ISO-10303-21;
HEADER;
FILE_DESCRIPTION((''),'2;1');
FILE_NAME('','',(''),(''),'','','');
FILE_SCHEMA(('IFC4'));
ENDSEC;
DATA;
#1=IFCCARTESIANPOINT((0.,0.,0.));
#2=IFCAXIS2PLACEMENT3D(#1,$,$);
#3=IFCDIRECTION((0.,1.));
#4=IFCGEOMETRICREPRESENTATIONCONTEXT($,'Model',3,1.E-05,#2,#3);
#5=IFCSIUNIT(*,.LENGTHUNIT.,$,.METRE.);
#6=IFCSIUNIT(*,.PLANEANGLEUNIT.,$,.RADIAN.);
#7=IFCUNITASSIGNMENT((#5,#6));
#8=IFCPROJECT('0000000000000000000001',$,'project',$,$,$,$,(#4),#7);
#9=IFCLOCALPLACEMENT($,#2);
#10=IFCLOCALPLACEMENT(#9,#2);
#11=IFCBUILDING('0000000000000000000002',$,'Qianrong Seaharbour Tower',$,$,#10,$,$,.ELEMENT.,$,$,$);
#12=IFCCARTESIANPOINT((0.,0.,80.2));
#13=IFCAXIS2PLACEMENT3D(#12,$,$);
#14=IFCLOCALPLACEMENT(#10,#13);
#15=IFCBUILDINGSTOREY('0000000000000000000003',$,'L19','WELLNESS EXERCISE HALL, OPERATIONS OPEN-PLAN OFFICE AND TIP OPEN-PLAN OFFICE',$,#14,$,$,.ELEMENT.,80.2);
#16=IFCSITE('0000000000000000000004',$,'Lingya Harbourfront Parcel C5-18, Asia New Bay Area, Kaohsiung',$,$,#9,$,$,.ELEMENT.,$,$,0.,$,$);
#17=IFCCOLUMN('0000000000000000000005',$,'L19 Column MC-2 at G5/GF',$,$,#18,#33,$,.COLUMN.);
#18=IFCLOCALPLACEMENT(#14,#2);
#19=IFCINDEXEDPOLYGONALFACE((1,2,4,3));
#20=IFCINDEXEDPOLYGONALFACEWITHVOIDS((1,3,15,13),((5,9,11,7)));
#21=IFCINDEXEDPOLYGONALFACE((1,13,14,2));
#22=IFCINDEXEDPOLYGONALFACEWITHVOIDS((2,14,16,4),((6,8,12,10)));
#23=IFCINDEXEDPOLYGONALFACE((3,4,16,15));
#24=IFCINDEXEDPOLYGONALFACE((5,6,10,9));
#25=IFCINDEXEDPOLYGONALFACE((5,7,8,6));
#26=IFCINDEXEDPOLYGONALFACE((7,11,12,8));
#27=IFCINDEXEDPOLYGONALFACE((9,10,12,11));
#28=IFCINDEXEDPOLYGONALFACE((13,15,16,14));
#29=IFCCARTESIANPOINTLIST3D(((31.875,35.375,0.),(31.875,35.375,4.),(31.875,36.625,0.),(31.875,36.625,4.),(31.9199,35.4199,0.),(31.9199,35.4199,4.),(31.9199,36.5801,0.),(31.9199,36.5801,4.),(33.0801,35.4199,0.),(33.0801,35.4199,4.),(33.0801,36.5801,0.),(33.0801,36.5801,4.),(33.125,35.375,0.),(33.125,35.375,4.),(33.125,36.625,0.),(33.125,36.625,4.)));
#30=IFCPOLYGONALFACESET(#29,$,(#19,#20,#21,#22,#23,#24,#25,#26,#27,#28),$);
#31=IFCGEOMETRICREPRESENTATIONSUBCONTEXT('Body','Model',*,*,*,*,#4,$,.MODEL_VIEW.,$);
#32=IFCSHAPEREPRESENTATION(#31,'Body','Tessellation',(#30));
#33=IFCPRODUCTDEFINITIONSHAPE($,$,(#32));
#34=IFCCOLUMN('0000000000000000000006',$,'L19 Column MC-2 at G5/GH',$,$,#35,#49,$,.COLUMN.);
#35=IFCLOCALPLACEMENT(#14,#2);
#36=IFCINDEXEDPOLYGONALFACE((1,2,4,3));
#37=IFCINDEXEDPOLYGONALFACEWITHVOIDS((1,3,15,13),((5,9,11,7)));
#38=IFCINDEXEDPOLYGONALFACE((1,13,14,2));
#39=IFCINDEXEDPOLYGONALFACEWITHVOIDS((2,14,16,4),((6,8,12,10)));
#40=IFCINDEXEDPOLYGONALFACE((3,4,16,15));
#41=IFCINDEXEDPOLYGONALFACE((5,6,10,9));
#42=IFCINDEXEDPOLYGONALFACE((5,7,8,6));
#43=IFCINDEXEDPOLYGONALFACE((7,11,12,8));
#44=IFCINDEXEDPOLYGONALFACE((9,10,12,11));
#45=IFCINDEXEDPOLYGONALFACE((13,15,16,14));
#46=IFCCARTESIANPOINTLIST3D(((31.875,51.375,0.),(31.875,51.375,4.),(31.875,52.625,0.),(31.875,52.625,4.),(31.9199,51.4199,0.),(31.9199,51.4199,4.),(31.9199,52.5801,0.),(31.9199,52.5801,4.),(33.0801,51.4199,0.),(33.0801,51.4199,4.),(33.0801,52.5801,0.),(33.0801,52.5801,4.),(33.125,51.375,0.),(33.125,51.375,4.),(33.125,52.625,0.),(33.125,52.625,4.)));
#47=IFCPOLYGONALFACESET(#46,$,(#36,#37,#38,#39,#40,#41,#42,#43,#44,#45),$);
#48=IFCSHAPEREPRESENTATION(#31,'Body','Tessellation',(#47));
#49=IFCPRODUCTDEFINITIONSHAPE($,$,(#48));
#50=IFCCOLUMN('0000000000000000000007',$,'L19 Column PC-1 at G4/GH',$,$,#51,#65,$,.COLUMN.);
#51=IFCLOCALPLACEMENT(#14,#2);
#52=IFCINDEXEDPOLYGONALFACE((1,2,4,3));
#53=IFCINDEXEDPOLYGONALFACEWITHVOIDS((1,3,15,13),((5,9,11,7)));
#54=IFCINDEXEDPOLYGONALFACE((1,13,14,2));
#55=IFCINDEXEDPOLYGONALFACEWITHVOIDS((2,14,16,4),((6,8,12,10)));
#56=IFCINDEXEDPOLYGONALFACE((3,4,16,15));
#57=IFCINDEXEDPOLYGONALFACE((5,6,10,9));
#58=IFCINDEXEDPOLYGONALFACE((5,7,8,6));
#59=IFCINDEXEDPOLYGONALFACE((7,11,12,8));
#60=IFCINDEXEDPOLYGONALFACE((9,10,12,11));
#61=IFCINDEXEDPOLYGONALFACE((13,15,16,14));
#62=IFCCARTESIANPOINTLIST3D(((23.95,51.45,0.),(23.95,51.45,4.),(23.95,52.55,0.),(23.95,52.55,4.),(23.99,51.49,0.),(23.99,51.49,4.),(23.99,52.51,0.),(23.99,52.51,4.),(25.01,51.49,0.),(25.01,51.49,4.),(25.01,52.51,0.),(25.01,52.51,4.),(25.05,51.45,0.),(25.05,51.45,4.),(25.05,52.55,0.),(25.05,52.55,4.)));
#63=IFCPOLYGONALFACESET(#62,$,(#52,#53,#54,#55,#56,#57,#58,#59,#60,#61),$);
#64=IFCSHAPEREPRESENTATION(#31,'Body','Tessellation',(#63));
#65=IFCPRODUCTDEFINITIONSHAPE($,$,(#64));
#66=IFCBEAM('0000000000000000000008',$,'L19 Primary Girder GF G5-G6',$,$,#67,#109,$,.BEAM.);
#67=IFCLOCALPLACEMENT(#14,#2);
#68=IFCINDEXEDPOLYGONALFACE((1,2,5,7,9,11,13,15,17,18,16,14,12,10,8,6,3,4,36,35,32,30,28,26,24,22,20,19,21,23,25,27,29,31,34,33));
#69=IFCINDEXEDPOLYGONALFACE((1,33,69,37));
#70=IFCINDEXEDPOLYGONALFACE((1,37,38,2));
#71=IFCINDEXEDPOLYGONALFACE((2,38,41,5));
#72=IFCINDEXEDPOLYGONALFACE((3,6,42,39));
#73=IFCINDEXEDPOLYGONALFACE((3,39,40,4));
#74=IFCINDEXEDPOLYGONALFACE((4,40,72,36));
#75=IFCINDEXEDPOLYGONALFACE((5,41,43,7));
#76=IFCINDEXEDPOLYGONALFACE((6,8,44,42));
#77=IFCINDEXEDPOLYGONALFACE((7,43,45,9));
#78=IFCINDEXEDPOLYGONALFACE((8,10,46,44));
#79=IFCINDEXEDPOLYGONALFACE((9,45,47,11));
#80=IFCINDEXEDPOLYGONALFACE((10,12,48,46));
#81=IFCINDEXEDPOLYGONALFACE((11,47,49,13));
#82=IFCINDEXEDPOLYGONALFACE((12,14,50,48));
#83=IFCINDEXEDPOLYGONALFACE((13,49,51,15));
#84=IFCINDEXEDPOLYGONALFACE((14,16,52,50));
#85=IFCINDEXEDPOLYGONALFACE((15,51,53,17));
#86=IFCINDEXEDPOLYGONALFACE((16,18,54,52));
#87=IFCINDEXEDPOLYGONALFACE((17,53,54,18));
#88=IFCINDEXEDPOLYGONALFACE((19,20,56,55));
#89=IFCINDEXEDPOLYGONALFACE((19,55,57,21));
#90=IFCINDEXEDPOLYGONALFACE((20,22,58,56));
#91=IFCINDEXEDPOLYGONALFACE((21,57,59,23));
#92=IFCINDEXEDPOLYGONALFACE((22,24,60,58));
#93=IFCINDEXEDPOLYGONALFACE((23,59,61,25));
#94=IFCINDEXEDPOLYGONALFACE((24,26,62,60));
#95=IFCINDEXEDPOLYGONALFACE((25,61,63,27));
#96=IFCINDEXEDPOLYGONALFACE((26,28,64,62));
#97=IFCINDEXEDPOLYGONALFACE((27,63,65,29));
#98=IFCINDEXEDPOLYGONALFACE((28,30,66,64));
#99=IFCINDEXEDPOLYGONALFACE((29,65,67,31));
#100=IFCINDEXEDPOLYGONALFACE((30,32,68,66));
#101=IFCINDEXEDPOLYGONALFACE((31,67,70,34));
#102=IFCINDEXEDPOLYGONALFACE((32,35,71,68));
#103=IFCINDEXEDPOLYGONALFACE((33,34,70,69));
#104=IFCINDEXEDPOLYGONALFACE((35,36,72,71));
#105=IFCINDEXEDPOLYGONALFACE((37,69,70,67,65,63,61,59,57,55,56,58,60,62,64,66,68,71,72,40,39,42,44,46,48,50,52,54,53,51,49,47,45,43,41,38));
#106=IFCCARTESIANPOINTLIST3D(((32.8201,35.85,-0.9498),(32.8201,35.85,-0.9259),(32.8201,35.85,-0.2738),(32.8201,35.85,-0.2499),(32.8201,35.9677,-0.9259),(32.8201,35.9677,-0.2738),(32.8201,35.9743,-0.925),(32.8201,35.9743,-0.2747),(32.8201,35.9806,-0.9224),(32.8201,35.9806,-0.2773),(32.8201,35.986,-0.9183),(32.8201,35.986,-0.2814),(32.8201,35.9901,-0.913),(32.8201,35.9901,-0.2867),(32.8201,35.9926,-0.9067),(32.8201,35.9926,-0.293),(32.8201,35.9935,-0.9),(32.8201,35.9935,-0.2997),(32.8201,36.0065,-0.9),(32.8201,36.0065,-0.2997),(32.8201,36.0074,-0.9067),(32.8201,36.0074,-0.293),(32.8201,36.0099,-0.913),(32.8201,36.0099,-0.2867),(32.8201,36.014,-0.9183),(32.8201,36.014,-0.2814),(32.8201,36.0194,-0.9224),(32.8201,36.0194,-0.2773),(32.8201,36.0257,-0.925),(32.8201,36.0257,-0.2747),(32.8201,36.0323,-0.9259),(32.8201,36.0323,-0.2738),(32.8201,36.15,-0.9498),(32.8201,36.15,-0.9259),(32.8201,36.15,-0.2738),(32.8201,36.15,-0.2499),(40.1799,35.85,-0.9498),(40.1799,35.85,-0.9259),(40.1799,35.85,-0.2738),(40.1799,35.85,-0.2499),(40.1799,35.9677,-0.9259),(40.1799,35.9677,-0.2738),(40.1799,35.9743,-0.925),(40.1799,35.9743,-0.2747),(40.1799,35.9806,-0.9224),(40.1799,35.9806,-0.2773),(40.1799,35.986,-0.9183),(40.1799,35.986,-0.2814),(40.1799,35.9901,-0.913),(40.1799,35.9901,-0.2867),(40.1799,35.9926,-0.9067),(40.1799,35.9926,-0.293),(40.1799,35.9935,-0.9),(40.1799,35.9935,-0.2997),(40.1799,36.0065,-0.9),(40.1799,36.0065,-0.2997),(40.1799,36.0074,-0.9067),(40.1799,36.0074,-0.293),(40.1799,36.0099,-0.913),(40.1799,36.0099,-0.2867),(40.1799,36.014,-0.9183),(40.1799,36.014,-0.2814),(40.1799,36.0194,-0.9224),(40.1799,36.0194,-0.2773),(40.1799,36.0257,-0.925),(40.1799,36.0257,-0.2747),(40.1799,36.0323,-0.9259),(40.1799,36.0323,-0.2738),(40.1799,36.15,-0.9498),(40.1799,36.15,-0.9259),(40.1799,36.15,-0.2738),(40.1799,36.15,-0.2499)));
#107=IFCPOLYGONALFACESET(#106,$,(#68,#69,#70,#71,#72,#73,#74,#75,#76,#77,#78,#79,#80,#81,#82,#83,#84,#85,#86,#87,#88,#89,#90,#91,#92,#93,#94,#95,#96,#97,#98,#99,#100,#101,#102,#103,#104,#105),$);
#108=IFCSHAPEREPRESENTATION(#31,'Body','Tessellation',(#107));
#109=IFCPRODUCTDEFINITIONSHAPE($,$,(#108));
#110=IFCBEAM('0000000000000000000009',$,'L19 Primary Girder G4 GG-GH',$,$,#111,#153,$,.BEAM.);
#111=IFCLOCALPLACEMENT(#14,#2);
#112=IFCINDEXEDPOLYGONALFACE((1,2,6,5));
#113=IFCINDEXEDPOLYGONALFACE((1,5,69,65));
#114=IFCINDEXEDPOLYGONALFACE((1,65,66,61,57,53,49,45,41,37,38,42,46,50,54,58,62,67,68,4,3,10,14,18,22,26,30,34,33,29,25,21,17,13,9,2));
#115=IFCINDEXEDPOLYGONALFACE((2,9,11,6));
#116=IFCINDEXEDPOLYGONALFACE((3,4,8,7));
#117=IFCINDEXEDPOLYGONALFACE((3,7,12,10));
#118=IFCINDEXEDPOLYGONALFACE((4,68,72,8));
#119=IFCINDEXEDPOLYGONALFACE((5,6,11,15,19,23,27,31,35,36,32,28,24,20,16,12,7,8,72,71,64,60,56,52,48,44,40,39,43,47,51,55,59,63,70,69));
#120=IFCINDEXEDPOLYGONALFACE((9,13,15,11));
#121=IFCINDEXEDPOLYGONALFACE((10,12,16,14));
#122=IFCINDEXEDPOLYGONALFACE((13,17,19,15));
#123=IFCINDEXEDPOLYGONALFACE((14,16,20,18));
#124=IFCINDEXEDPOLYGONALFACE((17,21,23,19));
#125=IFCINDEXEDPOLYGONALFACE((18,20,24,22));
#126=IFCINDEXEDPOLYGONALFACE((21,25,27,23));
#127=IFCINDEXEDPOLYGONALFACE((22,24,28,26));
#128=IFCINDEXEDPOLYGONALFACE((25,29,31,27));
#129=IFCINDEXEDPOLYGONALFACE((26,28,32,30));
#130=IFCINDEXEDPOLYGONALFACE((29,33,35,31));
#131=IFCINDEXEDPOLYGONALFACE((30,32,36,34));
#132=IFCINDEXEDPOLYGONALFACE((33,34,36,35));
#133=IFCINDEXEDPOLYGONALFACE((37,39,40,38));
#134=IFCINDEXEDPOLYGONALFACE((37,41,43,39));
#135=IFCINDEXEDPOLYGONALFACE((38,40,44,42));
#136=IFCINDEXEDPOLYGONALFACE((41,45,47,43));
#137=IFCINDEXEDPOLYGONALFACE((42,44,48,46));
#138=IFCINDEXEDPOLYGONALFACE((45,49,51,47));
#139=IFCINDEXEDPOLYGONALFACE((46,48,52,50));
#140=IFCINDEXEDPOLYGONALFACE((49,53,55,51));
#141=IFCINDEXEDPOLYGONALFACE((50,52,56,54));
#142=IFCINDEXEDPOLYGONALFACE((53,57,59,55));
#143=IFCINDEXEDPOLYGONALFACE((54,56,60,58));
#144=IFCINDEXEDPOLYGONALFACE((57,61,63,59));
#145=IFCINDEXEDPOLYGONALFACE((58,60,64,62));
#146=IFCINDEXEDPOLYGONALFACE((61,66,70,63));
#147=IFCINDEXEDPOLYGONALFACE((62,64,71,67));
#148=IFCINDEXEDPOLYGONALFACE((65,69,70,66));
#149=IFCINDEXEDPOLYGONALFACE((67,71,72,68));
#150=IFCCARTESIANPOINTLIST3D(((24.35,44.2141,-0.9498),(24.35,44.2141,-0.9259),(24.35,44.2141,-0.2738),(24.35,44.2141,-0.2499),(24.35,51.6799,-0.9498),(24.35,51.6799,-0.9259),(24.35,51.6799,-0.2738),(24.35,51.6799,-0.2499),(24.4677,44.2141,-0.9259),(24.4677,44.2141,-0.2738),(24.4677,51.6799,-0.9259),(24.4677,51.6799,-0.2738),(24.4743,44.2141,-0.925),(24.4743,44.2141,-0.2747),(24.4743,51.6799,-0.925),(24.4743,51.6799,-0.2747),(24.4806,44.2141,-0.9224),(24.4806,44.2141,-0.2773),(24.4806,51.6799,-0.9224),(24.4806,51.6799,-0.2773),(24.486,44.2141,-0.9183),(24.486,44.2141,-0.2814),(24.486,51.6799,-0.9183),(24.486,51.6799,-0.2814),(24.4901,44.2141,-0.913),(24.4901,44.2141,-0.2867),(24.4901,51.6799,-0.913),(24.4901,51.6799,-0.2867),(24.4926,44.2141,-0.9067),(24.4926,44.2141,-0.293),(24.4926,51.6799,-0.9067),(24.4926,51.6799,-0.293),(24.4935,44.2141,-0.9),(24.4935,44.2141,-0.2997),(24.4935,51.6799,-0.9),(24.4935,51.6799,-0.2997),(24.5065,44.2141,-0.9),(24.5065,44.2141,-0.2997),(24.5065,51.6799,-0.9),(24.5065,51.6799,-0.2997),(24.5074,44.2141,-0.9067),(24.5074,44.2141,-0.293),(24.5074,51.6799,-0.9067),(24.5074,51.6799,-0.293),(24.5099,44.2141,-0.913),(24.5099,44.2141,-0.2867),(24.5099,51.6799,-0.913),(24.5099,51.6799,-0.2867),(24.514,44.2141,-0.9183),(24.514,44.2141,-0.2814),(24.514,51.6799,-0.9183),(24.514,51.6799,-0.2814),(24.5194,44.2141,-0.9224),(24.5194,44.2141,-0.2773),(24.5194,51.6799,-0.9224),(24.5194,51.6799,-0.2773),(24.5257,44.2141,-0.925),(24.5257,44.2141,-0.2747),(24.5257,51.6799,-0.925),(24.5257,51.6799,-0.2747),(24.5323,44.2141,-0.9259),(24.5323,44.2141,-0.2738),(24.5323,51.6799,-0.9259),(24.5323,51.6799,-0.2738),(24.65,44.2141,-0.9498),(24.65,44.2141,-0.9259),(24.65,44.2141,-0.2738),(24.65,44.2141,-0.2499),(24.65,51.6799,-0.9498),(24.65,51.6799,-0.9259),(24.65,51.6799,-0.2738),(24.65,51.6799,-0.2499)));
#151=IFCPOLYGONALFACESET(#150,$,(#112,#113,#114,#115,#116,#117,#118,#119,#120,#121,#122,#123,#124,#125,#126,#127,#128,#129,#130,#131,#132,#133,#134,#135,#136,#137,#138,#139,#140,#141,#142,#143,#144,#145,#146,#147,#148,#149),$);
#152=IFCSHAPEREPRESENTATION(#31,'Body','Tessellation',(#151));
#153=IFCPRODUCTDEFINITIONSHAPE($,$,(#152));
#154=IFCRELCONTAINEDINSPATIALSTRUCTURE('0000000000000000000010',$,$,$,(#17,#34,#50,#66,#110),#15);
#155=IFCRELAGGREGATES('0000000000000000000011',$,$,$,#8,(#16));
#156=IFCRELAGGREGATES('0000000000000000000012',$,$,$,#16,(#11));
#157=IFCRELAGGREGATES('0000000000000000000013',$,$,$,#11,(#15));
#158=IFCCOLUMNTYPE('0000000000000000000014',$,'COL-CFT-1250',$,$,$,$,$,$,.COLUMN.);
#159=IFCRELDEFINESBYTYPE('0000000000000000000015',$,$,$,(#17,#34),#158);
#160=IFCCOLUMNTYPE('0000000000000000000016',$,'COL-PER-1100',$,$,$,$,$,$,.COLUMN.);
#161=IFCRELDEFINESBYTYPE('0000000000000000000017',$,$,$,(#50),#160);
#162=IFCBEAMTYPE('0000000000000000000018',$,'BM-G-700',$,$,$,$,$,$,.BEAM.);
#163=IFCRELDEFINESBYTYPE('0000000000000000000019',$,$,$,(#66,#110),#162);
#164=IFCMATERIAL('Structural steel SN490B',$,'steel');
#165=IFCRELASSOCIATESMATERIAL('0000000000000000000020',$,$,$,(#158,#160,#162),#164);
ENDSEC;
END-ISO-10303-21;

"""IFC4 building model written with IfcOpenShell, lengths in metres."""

from ifc_helpers import new_model, si_unit, direction, frame, origin, origin_2d, place, context, subcontext, project, spatial, hollow_rectangle, i_section, extrude, material, material_profile, profile_set, type_object, element, save


model = new_model("IFC4")

# Units and contexts
model_context = context("Model", 3, precision=1e-05, world=origin(), true_north=direction((0.0, 1.0)))
body_context = subcontext(model_context, "Body", "Model", "MODEL_VIEW")
ifc_project = project(units=[si_unit("LENGTHUNIT", "METRE"), si_unit("PLANEANGLEUNIT", "RADIAN")], contexts=[model_context])

# Site, building, storey
site_placement = place(None, origin())
site = spatial("IfcSite", under=ifc_project, at=site_placement, Name="Lingya Harbourfront Parcel C5-18, Asia New Bay Area, Kaohsiung", CompositionType="ELEMENT", RefElevation=0.0)
building_placement = place(site_placement, origin())
building = spatial("IfcBuilding", under=site, at=building_placement, Name="Qianrong Seaharbour Tower", CompositionType="ELEMENT")
storey_placement = place(building_placement, frame((0.0, 0.0, 80.2)))
storey = spatial("IfcBuildingStorey", under=building, at=storey_placement, Name="L19", Description="WELLNESS EXERCISE HALL, OPERATIONS OPEN-PLAN OFFICE AND TIP OPEN-PLAN OFFICE", CompositionType="ELEMENT", Elevation=80.2)

# Columns
ifc_material_1 = material(Name="Structural steel SN490B", Category="steel")
ifc_material_profile_1 = material_profile(ifc_material_1, hollow_rectangle(XDim=1.25, YDim=1.25, WallThickness=0.0449, at=origin_2d()), Name="BOX1250x1250x45")
ifc_profile_set_1 = profile_set([ifc_material_profile_1], Name="Structural steel SN490B")
column_type_1 = type_object("IfcColumnType", Name="COL-CFT-1250", PredefinedType="COLUMN", material=ifc_profile_set_1)
for number, where, z_axis, x_axis, name in (
    (1, (32.5, 36.0, 0.0), (0.0, 0.0, 1.0), (1.0, 0.0, 0.0), "L19 Column MC-2 at G5/GF"),
    (2, (32.5, 52.0, 0.0), (0.0, 0.0, 1.0), (1.0, 0.0, 0.0), "L19 Column MC-2 at G5/GH"),
):
    element("IfcColumn", number, at=place(storey_placement, frame(where, z_axis=z_axis, x_axis=x_axis)), inside=storey, type_object=column_type_1, Name=name, PredefinedType="COLUMN", context=body_context, shape_type="SweptSolid", body=[
        extrude(hollow_rectangle(XDim=1.25, YDim=1.25, WallThickness=0.0449, at=origin_2d()), origin(), (0.0, 0.0, 1.0), 4.0),
    ])
ifc_material_profile_2 = material_profile(ifc_material_1, hollow_rectangle(XDim=1.1001, YDim=1.1001, WallThickness=0.04, at=origin_2d()), Name="BOX1100x1100x40")
ifc_profile_set_2 = profile_set([ifc_material_profile_2], Name="Structural steel SN490B")
column_type_2 = type_object("IfcColumnType", Name="COL-PER-1100", PredefinedType="COLUMN", material=ifc_profile_set_2)
column_placement = place(storey_placement, frame((24.5, 52.0, 0.0), z_axis=(0.0, 0.0, 1.0), x_axis=(1.0, 0.0, 0.0)))
element("IfcColumn", 3, at=column_placement, inside=storey, type_object=column_type_2, Name="L19 Column PC-1 at G4/GH", PredefinedType="COLUMN", context=body_context, shape_type="SweptSolid", body=[
    extrude(hollow_rectangle(XDim=1.1001, YDim=1.1001, WallThickness=0.04, at=origin_2d()), origin(), (0.0, 0.0, 1.0), 4.0),
])

# Beams
ifc_material_profile_3 = material_profile(ifc_material_1, i_section(OverallWidth=0.3, OverallDepth=0.7, WebThickness=0.0129, FlangeThickness=0.0239, FilletRadius=0.0259, at=origin_2d()), Name="H700x300x13x24")
ifc_profile_set_3 = profile_set([ifc_material_profile_3], Name="Structural steel SN490B")
beam_type_1 = type_object("IfcBeamType", Name="BM-G-700", PredefinedType="BEAM", material=ifc_profile_set_3)
beam_1_placement = place(storey_placement, frame((32.8201, 36.0, -0.5999), z_axis=(1.0, 0.0, 0.0), x_axis=(0.0, 1.0, 0.0)))
element("IfcBeam", 4, at=beam_1_placement, inside=storey, type_object=beam_type_1, Name="L19 Primary Girder GF G5-G6", PredefinedType="BEAM", context=body_context, shape_type="SweptSolid", body=[
    extrude(i_section(OverallWidth=0.3, OverallDepth=0.7, WebThickness=0.0129, FlangeThickness=0.0239, FilletRadius=0.0259, at=origin_2d()), origin(), (0.0, 0.0, 1.0), 7.3599),
])
beam_2_placement = place(storey_placement, frame((24.5, 44.2141, -0.5999), z_axis=(0.0, 1.0, 0.0), x_axis=(-1.0, 0.0, 0.0)))
element("IfcBeam", 5, at=beam_2_placement, inside=storey, type_object=beam_type_1, Name="L19 Primary Girder G4 GG-GH", PredefinedType="BEAM", context=body_context, shape_type="SweptSolid", body=[
    extrude(i_section(OverallWidth=0.3, OverallDepth=0.7, WebThickness=0.0129, FlangeThickness=0.0239, FilletRadius=0.0259, at=origin_2d()), origin(), (0.0, 0.0, 1.0), 7.4658),
])

save(model, "model.ifc")
